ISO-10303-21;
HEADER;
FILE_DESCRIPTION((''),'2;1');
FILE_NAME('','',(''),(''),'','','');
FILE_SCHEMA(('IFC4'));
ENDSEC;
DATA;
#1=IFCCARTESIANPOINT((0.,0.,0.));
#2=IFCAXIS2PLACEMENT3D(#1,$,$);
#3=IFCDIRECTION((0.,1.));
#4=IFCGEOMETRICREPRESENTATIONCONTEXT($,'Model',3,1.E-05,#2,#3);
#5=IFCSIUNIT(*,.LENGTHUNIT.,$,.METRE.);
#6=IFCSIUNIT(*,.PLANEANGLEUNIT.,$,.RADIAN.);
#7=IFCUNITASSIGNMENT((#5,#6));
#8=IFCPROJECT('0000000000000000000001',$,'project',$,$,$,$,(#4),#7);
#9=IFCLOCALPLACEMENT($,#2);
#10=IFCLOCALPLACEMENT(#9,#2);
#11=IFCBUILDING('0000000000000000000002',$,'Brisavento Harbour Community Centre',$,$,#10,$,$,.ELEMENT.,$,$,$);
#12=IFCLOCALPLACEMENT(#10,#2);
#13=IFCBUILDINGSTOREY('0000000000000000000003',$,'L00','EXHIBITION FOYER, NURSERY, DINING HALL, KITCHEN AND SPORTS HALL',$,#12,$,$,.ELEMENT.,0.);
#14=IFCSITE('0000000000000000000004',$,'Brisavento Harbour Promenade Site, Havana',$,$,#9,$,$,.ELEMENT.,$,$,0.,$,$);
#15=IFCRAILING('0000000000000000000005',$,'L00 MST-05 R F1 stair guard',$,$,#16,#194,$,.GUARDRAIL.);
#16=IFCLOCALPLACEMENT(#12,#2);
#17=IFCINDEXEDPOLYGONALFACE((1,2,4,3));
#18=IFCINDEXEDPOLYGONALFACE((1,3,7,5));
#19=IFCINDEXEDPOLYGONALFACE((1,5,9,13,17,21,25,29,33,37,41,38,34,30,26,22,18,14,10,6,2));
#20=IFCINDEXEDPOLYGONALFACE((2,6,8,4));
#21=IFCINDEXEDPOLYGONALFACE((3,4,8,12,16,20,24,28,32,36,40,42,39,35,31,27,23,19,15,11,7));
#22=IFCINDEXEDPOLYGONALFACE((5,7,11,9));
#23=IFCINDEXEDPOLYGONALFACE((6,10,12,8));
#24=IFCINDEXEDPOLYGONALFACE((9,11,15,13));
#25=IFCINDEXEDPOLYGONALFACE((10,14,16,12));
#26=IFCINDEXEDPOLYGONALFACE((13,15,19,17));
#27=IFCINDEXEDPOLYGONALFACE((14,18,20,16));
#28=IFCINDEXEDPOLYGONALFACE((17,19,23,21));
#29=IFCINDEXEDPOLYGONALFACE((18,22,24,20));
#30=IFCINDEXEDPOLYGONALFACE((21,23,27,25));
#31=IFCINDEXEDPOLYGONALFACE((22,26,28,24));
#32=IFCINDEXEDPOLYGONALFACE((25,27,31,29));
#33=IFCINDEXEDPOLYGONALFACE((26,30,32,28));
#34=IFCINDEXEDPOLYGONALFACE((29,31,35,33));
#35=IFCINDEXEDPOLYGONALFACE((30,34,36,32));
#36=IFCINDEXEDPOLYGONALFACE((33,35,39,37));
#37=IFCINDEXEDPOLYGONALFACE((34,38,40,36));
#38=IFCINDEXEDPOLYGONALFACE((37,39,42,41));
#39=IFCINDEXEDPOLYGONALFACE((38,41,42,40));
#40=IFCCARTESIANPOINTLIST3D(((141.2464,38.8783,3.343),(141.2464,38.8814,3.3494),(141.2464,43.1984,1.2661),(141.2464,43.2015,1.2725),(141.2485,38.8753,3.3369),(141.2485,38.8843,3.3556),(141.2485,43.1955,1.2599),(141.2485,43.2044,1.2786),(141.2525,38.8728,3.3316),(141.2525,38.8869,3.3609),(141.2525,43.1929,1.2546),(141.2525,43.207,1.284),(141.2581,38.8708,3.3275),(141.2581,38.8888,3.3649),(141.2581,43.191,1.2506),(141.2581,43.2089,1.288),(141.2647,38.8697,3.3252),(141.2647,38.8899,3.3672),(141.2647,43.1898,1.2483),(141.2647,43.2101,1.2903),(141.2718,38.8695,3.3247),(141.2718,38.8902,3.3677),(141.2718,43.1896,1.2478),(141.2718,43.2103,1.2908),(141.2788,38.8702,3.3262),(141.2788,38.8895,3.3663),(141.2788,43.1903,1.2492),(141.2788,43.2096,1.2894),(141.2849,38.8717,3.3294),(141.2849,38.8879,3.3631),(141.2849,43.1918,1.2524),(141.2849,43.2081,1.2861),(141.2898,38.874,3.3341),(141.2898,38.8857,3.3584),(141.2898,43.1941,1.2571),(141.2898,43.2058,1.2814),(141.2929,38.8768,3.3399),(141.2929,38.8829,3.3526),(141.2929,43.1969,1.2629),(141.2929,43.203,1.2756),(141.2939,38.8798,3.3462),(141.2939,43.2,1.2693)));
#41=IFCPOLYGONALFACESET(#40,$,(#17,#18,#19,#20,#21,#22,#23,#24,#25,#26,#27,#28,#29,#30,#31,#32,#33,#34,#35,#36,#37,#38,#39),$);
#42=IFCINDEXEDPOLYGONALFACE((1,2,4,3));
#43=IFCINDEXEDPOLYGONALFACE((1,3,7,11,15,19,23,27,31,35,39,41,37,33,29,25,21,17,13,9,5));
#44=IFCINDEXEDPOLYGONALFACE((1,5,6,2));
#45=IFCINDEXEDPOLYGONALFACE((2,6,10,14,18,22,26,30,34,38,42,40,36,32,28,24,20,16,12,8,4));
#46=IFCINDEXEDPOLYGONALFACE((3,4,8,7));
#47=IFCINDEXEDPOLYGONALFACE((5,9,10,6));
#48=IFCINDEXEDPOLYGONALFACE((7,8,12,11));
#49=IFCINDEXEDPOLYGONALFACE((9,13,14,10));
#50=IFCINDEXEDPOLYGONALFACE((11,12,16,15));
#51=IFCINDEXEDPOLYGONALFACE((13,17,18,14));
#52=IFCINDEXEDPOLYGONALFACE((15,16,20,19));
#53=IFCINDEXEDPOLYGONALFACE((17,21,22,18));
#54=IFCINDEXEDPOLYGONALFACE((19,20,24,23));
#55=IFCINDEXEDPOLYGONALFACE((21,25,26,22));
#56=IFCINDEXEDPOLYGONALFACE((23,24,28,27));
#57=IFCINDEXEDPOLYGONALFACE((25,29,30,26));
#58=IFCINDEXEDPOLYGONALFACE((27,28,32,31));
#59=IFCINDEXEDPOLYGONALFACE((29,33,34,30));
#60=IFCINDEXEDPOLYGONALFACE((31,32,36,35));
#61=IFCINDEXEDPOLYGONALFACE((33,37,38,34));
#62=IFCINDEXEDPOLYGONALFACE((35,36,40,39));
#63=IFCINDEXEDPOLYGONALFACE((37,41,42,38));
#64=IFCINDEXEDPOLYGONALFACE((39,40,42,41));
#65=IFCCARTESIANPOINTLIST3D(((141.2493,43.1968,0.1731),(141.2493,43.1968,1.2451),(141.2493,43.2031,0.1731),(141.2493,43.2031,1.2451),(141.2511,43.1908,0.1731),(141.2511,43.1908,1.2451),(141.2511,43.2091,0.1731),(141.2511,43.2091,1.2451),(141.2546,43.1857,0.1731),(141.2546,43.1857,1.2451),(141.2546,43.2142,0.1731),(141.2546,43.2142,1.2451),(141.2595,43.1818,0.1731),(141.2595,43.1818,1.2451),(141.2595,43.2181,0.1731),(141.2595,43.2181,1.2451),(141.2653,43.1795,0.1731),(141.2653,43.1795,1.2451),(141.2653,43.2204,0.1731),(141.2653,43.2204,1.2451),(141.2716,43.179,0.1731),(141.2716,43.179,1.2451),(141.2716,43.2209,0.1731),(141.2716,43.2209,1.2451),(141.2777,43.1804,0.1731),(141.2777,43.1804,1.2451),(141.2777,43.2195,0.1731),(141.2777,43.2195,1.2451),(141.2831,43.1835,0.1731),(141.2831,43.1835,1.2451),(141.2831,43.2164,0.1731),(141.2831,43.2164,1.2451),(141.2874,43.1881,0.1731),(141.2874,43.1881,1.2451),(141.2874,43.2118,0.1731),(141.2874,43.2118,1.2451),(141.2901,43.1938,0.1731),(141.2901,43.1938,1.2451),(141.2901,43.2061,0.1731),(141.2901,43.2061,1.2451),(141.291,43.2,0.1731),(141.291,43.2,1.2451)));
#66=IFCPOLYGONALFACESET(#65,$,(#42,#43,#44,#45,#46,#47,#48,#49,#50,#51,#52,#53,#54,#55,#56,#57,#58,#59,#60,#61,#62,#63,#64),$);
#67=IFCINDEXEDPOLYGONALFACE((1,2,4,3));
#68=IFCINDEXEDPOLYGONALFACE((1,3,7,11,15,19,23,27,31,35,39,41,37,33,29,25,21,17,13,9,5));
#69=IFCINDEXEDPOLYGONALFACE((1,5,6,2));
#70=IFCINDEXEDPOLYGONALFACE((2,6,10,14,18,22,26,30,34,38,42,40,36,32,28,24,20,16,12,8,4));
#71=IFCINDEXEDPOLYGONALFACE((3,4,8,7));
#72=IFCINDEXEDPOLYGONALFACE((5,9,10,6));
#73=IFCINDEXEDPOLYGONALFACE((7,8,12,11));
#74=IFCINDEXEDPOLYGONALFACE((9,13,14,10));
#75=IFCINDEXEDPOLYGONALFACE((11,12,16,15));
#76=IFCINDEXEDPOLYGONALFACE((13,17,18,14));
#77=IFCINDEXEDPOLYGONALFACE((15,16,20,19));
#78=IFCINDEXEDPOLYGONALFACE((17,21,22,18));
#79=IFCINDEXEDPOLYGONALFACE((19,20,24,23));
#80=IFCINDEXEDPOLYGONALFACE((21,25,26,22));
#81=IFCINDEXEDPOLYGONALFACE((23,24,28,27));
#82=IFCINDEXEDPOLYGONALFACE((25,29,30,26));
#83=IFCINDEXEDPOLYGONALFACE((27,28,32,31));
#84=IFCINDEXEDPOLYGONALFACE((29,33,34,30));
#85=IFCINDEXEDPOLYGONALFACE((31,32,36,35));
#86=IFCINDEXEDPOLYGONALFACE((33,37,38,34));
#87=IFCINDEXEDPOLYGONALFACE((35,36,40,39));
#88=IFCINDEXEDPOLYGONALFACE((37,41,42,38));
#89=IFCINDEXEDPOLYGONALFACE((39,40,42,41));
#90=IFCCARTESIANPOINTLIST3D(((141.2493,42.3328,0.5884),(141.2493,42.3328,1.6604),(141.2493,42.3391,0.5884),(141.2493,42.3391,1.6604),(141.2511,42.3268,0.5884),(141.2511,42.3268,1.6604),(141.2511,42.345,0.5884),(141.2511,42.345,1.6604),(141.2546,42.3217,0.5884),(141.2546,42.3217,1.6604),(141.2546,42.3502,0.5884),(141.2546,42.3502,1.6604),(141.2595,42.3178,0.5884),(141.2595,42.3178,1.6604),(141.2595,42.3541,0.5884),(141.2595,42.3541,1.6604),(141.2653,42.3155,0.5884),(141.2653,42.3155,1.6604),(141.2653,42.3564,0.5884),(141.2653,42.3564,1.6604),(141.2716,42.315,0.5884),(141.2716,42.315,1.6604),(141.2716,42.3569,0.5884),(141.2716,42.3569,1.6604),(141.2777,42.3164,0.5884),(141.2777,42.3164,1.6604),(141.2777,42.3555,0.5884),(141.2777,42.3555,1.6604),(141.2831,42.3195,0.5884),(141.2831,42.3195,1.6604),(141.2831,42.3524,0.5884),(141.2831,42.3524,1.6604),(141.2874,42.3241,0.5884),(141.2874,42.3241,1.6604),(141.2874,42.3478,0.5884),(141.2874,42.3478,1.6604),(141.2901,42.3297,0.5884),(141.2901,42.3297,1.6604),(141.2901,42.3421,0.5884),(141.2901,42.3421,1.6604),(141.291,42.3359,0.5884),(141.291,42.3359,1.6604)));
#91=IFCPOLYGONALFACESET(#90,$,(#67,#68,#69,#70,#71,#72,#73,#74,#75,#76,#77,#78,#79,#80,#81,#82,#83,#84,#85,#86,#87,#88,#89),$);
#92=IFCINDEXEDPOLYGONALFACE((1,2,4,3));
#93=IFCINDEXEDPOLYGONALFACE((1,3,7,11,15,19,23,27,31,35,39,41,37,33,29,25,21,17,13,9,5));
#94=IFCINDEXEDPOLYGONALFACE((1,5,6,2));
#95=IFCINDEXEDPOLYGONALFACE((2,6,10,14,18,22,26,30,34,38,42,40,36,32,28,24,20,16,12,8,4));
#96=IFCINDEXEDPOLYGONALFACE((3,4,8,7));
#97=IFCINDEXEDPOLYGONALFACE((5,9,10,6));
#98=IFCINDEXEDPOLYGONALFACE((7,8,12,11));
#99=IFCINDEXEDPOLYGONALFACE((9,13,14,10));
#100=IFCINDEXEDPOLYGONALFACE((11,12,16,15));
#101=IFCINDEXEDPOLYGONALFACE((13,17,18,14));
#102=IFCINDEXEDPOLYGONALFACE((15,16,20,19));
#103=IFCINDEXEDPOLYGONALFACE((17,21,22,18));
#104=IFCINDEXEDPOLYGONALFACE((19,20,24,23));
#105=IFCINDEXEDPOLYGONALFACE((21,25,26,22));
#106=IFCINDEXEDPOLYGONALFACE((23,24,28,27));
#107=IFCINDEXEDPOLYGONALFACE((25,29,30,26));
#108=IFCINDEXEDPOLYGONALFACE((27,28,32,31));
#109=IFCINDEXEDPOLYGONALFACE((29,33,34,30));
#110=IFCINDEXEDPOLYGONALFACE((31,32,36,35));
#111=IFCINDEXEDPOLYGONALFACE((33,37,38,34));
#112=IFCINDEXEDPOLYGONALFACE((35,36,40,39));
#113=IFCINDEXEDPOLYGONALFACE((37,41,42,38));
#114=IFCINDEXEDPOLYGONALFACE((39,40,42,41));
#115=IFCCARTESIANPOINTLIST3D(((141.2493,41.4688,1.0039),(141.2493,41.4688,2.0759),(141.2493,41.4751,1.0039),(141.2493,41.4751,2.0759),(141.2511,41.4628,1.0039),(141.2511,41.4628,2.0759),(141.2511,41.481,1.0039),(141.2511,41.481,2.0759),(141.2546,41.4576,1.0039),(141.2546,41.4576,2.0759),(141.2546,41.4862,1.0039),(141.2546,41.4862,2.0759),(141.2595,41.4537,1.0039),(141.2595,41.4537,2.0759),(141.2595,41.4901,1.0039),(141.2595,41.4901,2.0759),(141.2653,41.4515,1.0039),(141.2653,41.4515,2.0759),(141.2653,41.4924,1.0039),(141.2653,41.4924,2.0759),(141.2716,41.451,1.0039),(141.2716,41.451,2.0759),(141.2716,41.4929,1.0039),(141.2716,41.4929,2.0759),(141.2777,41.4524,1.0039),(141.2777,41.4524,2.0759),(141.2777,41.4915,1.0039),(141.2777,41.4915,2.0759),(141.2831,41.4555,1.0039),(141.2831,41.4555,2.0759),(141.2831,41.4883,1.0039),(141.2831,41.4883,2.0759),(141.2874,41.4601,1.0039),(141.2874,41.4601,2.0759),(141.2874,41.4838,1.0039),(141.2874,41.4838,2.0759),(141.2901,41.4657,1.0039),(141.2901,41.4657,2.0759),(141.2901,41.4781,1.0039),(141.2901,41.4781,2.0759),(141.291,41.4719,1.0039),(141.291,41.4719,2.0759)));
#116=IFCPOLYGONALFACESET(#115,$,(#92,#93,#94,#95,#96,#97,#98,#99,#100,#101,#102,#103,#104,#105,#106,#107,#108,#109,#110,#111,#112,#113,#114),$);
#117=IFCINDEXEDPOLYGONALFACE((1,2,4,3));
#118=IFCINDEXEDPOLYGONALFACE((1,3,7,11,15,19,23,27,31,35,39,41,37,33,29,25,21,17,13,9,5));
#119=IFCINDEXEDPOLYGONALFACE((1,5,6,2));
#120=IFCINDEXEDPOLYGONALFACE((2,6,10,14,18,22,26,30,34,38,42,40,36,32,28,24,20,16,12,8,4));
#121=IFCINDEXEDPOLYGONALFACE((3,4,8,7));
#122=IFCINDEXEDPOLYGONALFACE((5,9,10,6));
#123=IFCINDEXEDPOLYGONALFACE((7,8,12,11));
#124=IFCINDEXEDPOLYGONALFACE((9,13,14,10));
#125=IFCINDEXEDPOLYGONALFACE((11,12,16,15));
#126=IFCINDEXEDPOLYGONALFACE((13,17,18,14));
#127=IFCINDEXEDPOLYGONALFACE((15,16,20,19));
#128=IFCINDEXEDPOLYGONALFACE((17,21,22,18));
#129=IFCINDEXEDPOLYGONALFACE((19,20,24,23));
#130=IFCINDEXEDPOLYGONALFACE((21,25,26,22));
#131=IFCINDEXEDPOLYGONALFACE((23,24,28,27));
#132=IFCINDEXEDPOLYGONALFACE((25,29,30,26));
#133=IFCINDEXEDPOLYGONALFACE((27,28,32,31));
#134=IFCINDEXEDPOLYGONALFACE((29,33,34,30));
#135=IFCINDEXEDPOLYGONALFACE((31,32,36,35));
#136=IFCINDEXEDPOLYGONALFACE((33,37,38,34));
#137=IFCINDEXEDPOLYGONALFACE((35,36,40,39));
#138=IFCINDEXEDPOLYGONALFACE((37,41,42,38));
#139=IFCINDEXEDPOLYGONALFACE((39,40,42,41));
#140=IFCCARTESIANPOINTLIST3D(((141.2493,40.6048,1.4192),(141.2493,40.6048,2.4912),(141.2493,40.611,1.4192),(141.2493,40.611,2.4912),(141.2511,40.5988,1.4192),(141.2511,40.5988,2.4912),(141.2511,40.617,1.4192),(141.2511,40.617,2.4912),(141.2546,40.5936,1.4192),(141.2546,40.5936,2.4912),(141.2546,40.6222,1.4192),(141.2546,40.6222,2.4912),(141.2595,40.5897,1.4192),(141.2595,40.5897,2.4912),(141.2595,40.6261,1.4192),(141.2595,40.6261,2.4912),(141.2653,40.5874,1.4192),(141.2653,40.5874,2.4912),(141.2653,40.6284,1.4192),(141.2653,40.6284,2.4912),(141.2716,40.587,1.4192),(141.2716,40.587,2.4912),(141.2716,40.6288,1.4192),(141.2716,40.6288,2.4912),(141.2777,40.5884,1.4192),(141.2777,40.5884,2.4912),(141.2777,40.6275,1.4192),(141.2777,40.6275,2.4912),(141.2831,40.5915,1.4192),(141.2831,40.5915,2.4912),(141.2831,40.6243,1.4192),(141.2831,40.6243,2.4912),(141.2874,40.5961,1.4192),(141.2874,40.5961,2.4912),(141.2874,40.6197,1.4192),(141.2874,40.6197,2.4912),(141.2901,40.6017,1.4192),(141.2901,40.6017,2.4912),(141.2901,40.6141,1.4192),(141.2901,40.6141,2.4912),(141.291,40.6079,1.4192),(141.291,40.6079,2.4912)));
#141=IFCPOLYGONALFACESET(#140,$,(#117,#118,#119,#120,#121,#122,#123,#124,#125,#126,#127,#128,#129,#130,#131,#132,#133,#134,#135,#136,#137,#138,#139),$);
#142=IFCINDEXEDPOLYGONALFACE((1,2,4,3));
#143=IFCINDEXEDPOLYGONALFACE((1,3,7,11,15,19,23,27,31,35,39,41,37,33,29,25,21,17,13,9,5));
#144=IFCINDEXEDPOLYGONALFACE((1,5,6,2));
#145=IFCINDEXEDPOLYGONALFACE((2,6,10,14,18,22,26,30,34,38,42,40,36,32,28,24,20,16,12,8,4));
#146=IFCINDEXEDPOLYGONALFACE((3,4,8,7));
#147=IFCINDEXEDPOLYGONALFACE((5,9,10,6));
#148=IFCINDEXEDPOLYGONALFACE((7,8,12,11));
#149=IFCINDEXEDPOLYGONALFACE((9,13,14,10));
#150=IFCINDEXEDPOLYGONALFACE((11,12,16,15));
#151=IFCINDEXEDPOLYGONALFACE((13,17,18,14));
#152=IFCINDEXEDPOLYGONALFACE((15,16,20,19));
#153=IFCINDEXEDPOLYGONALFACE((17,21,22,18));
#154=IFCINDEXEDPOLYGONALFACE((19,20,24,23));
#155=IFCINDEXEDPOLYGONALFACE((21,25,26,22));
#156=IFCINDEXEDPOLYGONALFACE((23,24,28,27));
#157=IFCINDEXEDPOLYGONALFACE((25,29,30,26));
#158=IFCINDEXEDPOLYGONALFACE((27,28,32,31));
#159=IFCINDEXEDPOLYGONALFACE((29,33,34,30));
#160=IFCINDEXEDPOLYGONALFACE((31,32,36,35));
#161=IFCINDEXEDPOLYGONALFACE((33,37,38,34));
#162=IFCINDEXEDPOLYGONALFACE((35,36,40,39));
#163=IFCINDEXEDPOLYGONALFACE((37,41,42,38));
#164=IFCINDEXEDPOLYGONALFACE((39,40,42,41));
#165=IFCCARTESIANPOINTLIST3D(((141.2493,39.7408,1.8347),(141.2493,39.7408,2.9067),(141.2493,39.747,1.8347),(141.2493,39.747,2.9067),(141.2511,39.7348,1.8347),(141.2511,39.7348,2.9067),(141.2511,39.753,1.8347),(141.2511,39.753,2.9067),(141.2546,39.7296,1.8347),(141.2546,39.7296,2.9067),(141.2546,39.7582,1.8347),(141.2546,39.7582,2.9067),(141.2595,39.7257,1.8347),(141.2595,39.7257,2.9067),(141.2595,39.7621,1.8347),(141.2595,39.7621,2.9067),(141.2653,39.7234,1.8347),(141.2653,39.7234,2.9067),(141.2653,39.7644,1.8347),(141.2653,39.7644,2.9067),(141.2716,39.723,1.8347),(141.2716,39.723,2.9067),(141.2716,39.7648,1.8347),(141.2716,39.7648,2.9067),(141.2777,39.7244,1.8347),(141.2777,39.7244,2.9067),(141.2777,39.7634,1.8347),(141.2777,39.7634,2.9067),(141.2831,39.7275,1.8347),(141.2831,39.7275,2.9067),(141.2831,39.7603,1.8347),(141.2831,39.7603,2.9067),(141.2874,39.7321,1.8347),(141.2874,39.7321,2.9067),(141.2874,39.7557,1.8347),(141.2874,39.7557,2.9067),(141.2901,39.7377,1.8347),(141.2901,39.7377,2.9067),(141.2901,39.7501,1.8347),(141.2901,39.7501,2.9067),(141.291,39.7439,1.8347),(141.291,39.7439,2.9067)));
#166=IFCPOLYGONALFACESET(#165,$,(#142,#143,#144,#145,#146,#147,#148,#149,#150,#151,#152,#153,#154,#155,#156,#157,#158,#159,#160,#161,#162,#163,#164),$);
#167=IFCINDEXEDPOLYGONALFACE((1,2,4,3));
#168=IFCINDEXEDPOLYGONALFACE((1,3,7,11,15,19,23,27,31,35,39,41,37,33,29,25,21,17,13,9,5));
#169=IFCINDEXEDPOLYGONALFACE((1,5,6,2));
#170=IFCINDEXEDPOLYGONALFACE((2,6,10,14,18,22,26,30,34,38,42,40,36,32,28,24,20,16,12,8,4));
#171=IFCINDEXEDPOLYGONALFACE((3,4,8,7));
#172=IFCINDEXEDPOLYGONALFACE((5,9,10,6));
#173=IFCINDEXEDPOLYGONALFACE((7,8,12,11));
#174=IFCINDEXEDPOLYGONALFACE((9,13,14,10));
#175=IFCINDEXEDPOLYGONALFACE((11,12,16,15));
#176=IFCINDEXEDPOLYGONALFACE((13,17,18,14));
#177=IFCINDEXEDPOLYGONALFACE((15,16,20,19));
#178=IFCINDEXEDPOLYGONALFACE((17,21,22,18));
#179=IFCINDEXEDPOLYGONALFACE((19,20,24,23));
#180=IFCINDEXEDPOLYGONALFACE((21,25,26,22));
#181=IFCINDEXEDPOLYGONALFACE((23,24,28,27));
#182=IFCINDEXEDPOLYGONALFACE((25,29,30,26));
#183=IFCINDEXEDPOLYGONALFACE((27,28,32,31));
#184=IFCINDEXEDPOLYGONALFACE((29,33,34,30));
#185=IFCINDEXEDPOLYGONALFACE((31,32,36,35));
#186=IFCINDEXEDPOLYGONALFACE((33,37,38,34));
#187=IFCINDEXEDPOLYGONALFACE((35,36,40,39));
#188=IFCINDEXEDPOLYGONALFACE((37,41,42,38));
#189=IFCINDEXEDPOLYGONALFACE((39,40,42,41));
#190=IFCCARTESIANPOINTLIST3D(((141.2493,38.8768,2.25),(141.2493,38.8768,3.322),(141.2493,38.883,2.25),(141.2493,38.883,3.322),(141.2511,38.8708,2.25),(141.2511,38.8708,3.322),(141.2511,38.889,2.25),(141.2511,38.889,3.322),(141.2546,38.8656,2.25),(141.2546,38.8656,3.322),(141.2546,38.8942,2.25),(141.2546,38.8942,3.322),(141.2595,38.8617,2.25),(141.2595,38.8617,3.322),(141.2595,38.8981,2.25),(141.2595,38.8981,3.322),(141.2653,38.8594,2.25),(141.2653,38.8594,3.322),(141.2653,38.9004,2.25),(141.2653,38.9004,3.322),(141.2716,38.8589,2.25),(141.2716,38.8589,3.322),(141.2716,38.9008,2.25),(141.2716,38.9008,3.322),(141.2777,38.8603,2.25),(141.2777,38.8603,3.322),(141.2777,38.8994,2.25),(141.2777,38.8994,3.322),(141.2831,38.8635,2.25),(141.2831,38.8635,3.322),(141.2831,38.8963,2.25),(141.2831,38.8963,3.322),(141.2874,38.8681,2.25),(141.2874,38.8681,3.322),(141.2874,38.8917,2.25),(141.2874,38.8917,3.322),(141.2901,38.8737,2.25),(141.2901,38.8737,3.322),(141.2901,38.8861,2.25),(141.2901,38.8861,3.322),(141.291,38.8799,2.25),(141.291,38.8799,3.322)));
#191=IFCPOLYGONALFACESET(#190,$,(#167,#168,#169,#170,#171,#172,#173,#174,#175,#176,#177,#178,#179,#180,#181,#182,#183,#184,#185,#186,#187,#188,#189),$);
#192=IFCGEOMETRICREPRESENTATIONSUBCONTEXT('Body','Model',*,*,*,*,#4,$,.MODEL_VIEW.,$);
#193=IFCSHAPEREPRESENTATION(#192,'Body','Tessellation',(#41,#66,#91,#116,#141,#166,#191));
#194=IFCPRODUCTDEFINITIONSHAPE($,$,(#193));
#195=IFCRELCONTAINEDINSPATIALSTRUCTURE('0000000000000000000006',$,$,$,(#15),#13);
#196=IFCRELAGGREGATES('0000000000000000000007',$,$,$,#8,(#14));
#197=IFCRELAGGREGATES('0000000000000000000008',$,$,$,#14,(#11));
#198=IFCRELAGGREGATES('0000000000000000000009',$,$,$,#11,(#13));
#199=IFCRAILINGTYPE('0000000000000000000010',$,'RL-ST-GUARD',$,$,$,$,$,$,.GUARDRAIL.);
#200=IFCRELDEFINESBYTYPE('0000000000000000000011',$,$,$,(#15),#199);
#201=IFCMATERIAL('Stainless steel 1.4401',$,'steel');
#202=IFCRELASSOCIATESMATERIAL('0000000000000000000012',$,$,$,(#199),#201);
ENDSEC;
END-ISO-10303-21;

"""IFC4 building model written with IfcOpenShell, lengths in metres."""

from ifc_helpers import new_model, si_unit, direction, frame, origin, origin_2d, place, context, subcontext, project, spatial, circle, extrude, material, type_object, element, save


model = new_model("IFC4")

# Units and contexts
model_context = context("Model", 3, precision=1e-05, world=origin(), true_north=direction((0.0, 1.0)))
body_context = subcontext(model_context, "Body", "Model", "MODEL_VIEW")
ifc_project = project(units=[si_unit("LENGTHUNIT", "METRE"), si_unit("PLANEANGLEUNIT", "RADIAN")], contexts=[model_context])

# Site, building, storey
site_placement = place(None, origin())
site = spatial("IfcSite", under=ifc_project, at=site_placement, Name="Brisavento Harbour Promenade Site, Havana", CompositionType="ELEMENT", RefElevation=0.0)
building_placement = place(site_placement, origin())
building = spatial("IfcBuilding", under=site, at=building_placement, Name="Brisavento Harbour Community Centre", CompositionType="ELEMENT")
storey_placement = place(building_placement, origin())
storey = spatial("IfcBuildingStorey", under=building, at=storey_placement, Name="L00", Description="EXHIBITION FOYER, NURSERY, DINING HALL, KITCHEN AND SPORTS HALL", CompositionType="ELEMENT", Elevation=0.0)

# Railing
ifc_material_1 = material(Name="Stainless steel 1.4401", Category="steel")
railing_type = type_object("IfcRailingType", Name="RL-ST-GUARD", PredefinedType="GUARDRAIL", material=ifc_material_1)
railing_1_placement = place(storey_placement, frame((141.27, 43.2, 0.1731)))
element("IfcRailing", 1, at=railing_1_placement, inside=storey, type_object=railing_type, Name="L00 MST-05 R F1 stair guard", PredefinedType="GUARDRAIL", context=body_context, shape_type="SweptSolid", body=[
    extrude(circle(Radius=0.0239, at=origin_2d()), frame((0.0, 0.0, 1.0962), z_axis=(0.0, -0.901257, 0.433286), x_axis=(1.0, 0.0, 0.0)), (0.0, 0.0, 1.0), 4.7935),
    extrude(circle(Radius=0.021, at=origin_2d()), origin(), (0.0, 0.0, 1.0), 1.072),
    extrude(circle(Radius=0.021, at=origin_2d()), frame((0.0, -0.864, 0.4153)), (0.0, 0.0, 1.0), 1.072),
    extrude(circle(Radius=0.021, at=origin_2d()), frame((0.0, -1.728, 0.8308)), (0.0, 0.0, 1.0), 1.072),
    extrude(circle(Radius=0.021, at=origin_2d()), frame((0.0, -2.592, 1.2461)), (0.0, 0.0, 1.0), 1.072),
    extrude(circle(Radius=0.021, at=origin_2d()), frame((0.0, -3.4561, 1.6616)), (0.0, 0.0, 1.0), 1.072),
    extrude(circle(Radius=0.021, at=origin_2d()), frame((0.0, -4.3201, 2.0769)), (0.0, 0.0, 1.0), 1.072),
])

save(model, "model.ifc")
